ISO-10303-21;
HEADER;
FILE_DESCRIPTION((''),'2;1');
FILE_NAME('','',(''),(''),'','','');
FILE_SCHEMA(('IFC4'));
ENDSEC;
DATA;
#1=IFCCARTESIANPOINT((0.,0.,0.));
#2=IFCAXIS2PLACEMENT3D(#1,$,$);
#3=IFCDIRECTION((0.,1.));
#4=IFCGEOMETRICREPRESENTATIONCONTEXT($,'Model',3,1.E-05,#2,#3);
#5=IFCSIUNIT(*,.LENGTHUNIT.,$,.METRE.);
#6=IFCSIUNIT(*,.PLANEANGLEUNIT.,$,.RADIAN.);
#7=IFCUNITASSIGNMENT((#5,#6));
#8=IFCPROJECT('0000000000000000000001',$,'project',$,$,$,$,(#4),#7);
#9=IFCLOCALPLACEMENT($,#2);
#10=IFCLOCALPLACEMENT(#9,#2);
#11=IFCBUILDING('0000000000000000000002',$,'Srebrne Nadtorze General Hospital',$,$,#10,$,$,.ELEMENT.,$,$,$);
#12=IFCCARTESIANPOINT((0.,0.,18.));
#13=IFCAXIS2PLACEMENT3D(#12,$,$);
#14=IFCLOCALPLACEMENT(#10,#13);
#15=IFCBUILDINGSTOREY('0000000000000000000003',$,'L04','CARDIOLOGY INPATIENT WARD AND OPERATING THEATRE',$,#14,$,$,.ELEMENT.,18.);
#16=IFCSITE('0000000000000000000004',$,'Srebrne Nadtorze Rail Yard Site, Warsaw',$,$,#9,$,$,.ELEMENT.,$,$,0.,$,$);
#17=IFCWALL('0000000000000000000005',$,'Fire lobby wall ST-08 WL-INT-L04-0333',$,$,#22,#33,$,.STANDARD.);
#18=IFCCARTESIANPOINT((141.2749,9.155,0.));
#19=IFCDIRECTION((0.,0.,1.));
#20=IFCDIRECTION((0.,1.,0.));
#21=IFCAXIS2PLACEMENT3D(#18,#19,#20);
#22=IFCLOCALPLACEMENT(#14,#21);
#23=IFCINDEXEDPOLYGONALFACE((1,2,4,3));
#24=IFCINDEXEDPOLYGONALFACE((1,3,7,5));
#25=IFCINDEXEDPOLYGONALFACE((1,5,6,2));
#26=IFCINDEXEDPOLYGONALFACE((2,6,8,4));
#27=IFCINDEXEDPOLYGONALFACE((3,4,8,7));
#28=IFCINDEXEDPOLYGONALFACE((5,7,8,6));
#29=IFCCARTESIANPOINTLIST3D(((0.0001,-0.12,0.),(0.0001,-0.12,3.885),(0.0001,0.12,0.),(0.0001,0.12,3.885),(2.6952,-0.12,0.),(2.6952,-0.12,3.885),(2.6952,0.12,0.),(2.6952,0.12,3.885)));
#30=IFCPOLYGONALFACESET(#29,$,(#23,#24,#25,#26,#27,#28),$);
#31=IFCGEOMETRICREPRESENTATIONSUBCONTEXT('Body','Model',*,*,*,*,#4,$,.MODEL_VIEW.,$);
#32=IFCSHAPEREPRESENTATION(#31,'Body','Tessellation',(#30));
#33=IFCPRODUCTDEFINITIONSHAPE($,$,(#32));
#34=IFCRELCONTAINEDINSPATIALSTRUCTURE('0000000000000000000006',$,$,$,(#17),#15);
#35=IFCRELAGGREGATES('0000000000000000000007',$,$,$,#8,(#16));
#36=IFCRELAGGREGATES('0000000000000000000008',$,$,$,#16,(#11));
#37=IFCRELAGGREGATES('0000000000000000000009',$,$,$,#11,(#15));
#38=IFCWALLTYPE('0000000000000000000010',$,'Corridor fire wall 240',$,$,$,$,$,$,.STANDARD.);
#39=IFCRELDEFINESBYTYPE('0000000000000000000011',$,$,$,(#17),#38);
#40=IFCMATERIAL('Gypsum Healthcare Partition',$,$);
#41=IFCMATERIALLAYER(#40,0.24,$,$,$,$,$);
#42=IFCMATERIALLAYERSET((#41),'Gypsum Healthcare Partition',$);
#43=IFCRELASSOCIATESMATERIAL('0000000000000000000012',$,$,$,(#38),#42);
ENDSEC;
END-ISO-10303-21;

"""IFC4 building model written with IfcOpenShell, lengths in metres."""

from ifc_helpers import new_model, si_unit, direction, frame, frame_2d, origin, place, context, subcontext, project, spatial, rectangle, extrude, material, layer, layer_set, type_object, element, save


model = new_model("IFC4")

# Units and contexts
model_context = context("Model", 3, precision=1e-05, world=origin(), true_north=direction((0.0, 1.0)))
body_context = subcontext(model_context, "Body", "Model", "MODEL_VIEW")
ifc_project = project(units=[si_unit("LENGTHUNIT", "METRE"), si_unit("PLANEANGLEUNIT", "RADIAN")], contexts=[model_context])

# Site, building, storey
site_placement = place(None, origin())
site = spatial("IfcSite", under=ifc_project, at=site_placement, Name="Srebrne Nadtorze Rail Yard Site, Warsaw", CompositionType="ELEMENT", RefElevation=0.0)
building_placement = place(site_placement, origin())
building = spatial("IfcBuilding", under=site, at=building_placement, Name="Srebrne Nadtorze General Hospital", CompositionType="ELEMENT")
storey_placement = place(building_placement, frame((0.0, 0.0, 18.0)))
storey = spatial("IfcBuildingStorey", under=building, at=storey_placement, Name="L04", Description="CARDIOLOGY INPATIENT WARD AND OPERATING THEATRE", CompositionType="ELEMENT", Elevation=18.0)

# Wall
ifc_material_1 = material(Name="Gypsum Healthcare Partition")
ifc_layer_1 = layer(ifc_material_1, 0.24)
ifc_layer_set_1 = layer_set([ifc_layer_1], Name="Gypsum Healthcare Partition")
wall_type_1 = type_object("IfcWallType", Name="Corridor fire wall 240", PredefinedType="STANDARD", material=ifc_layer_set_1)
wall_1_placement = place(storey_placement, frame((141.2749, 9.155, 0.0), z_axis=(0.0, 0.0, 1.0), x_axis=(0.0, 1.0, 0.0)))
element("IfcWall", 1, at=wall_1_placement, inside=storey, type_object=wall_type_1, Name="Fire lobby wall ST-08 WL-INT-L04-0333", PredefinedType="STANDARD", context=body_context, shape_type="SweptSolid", body=[
    extrude(rectangle(XDim=2.6951, YDim=0.24, at=frame_2d((1.3477, 0.0))), origin(), (0.0, 0.0, 1.0), 3.885),
])

save(model, "model.ifc")
